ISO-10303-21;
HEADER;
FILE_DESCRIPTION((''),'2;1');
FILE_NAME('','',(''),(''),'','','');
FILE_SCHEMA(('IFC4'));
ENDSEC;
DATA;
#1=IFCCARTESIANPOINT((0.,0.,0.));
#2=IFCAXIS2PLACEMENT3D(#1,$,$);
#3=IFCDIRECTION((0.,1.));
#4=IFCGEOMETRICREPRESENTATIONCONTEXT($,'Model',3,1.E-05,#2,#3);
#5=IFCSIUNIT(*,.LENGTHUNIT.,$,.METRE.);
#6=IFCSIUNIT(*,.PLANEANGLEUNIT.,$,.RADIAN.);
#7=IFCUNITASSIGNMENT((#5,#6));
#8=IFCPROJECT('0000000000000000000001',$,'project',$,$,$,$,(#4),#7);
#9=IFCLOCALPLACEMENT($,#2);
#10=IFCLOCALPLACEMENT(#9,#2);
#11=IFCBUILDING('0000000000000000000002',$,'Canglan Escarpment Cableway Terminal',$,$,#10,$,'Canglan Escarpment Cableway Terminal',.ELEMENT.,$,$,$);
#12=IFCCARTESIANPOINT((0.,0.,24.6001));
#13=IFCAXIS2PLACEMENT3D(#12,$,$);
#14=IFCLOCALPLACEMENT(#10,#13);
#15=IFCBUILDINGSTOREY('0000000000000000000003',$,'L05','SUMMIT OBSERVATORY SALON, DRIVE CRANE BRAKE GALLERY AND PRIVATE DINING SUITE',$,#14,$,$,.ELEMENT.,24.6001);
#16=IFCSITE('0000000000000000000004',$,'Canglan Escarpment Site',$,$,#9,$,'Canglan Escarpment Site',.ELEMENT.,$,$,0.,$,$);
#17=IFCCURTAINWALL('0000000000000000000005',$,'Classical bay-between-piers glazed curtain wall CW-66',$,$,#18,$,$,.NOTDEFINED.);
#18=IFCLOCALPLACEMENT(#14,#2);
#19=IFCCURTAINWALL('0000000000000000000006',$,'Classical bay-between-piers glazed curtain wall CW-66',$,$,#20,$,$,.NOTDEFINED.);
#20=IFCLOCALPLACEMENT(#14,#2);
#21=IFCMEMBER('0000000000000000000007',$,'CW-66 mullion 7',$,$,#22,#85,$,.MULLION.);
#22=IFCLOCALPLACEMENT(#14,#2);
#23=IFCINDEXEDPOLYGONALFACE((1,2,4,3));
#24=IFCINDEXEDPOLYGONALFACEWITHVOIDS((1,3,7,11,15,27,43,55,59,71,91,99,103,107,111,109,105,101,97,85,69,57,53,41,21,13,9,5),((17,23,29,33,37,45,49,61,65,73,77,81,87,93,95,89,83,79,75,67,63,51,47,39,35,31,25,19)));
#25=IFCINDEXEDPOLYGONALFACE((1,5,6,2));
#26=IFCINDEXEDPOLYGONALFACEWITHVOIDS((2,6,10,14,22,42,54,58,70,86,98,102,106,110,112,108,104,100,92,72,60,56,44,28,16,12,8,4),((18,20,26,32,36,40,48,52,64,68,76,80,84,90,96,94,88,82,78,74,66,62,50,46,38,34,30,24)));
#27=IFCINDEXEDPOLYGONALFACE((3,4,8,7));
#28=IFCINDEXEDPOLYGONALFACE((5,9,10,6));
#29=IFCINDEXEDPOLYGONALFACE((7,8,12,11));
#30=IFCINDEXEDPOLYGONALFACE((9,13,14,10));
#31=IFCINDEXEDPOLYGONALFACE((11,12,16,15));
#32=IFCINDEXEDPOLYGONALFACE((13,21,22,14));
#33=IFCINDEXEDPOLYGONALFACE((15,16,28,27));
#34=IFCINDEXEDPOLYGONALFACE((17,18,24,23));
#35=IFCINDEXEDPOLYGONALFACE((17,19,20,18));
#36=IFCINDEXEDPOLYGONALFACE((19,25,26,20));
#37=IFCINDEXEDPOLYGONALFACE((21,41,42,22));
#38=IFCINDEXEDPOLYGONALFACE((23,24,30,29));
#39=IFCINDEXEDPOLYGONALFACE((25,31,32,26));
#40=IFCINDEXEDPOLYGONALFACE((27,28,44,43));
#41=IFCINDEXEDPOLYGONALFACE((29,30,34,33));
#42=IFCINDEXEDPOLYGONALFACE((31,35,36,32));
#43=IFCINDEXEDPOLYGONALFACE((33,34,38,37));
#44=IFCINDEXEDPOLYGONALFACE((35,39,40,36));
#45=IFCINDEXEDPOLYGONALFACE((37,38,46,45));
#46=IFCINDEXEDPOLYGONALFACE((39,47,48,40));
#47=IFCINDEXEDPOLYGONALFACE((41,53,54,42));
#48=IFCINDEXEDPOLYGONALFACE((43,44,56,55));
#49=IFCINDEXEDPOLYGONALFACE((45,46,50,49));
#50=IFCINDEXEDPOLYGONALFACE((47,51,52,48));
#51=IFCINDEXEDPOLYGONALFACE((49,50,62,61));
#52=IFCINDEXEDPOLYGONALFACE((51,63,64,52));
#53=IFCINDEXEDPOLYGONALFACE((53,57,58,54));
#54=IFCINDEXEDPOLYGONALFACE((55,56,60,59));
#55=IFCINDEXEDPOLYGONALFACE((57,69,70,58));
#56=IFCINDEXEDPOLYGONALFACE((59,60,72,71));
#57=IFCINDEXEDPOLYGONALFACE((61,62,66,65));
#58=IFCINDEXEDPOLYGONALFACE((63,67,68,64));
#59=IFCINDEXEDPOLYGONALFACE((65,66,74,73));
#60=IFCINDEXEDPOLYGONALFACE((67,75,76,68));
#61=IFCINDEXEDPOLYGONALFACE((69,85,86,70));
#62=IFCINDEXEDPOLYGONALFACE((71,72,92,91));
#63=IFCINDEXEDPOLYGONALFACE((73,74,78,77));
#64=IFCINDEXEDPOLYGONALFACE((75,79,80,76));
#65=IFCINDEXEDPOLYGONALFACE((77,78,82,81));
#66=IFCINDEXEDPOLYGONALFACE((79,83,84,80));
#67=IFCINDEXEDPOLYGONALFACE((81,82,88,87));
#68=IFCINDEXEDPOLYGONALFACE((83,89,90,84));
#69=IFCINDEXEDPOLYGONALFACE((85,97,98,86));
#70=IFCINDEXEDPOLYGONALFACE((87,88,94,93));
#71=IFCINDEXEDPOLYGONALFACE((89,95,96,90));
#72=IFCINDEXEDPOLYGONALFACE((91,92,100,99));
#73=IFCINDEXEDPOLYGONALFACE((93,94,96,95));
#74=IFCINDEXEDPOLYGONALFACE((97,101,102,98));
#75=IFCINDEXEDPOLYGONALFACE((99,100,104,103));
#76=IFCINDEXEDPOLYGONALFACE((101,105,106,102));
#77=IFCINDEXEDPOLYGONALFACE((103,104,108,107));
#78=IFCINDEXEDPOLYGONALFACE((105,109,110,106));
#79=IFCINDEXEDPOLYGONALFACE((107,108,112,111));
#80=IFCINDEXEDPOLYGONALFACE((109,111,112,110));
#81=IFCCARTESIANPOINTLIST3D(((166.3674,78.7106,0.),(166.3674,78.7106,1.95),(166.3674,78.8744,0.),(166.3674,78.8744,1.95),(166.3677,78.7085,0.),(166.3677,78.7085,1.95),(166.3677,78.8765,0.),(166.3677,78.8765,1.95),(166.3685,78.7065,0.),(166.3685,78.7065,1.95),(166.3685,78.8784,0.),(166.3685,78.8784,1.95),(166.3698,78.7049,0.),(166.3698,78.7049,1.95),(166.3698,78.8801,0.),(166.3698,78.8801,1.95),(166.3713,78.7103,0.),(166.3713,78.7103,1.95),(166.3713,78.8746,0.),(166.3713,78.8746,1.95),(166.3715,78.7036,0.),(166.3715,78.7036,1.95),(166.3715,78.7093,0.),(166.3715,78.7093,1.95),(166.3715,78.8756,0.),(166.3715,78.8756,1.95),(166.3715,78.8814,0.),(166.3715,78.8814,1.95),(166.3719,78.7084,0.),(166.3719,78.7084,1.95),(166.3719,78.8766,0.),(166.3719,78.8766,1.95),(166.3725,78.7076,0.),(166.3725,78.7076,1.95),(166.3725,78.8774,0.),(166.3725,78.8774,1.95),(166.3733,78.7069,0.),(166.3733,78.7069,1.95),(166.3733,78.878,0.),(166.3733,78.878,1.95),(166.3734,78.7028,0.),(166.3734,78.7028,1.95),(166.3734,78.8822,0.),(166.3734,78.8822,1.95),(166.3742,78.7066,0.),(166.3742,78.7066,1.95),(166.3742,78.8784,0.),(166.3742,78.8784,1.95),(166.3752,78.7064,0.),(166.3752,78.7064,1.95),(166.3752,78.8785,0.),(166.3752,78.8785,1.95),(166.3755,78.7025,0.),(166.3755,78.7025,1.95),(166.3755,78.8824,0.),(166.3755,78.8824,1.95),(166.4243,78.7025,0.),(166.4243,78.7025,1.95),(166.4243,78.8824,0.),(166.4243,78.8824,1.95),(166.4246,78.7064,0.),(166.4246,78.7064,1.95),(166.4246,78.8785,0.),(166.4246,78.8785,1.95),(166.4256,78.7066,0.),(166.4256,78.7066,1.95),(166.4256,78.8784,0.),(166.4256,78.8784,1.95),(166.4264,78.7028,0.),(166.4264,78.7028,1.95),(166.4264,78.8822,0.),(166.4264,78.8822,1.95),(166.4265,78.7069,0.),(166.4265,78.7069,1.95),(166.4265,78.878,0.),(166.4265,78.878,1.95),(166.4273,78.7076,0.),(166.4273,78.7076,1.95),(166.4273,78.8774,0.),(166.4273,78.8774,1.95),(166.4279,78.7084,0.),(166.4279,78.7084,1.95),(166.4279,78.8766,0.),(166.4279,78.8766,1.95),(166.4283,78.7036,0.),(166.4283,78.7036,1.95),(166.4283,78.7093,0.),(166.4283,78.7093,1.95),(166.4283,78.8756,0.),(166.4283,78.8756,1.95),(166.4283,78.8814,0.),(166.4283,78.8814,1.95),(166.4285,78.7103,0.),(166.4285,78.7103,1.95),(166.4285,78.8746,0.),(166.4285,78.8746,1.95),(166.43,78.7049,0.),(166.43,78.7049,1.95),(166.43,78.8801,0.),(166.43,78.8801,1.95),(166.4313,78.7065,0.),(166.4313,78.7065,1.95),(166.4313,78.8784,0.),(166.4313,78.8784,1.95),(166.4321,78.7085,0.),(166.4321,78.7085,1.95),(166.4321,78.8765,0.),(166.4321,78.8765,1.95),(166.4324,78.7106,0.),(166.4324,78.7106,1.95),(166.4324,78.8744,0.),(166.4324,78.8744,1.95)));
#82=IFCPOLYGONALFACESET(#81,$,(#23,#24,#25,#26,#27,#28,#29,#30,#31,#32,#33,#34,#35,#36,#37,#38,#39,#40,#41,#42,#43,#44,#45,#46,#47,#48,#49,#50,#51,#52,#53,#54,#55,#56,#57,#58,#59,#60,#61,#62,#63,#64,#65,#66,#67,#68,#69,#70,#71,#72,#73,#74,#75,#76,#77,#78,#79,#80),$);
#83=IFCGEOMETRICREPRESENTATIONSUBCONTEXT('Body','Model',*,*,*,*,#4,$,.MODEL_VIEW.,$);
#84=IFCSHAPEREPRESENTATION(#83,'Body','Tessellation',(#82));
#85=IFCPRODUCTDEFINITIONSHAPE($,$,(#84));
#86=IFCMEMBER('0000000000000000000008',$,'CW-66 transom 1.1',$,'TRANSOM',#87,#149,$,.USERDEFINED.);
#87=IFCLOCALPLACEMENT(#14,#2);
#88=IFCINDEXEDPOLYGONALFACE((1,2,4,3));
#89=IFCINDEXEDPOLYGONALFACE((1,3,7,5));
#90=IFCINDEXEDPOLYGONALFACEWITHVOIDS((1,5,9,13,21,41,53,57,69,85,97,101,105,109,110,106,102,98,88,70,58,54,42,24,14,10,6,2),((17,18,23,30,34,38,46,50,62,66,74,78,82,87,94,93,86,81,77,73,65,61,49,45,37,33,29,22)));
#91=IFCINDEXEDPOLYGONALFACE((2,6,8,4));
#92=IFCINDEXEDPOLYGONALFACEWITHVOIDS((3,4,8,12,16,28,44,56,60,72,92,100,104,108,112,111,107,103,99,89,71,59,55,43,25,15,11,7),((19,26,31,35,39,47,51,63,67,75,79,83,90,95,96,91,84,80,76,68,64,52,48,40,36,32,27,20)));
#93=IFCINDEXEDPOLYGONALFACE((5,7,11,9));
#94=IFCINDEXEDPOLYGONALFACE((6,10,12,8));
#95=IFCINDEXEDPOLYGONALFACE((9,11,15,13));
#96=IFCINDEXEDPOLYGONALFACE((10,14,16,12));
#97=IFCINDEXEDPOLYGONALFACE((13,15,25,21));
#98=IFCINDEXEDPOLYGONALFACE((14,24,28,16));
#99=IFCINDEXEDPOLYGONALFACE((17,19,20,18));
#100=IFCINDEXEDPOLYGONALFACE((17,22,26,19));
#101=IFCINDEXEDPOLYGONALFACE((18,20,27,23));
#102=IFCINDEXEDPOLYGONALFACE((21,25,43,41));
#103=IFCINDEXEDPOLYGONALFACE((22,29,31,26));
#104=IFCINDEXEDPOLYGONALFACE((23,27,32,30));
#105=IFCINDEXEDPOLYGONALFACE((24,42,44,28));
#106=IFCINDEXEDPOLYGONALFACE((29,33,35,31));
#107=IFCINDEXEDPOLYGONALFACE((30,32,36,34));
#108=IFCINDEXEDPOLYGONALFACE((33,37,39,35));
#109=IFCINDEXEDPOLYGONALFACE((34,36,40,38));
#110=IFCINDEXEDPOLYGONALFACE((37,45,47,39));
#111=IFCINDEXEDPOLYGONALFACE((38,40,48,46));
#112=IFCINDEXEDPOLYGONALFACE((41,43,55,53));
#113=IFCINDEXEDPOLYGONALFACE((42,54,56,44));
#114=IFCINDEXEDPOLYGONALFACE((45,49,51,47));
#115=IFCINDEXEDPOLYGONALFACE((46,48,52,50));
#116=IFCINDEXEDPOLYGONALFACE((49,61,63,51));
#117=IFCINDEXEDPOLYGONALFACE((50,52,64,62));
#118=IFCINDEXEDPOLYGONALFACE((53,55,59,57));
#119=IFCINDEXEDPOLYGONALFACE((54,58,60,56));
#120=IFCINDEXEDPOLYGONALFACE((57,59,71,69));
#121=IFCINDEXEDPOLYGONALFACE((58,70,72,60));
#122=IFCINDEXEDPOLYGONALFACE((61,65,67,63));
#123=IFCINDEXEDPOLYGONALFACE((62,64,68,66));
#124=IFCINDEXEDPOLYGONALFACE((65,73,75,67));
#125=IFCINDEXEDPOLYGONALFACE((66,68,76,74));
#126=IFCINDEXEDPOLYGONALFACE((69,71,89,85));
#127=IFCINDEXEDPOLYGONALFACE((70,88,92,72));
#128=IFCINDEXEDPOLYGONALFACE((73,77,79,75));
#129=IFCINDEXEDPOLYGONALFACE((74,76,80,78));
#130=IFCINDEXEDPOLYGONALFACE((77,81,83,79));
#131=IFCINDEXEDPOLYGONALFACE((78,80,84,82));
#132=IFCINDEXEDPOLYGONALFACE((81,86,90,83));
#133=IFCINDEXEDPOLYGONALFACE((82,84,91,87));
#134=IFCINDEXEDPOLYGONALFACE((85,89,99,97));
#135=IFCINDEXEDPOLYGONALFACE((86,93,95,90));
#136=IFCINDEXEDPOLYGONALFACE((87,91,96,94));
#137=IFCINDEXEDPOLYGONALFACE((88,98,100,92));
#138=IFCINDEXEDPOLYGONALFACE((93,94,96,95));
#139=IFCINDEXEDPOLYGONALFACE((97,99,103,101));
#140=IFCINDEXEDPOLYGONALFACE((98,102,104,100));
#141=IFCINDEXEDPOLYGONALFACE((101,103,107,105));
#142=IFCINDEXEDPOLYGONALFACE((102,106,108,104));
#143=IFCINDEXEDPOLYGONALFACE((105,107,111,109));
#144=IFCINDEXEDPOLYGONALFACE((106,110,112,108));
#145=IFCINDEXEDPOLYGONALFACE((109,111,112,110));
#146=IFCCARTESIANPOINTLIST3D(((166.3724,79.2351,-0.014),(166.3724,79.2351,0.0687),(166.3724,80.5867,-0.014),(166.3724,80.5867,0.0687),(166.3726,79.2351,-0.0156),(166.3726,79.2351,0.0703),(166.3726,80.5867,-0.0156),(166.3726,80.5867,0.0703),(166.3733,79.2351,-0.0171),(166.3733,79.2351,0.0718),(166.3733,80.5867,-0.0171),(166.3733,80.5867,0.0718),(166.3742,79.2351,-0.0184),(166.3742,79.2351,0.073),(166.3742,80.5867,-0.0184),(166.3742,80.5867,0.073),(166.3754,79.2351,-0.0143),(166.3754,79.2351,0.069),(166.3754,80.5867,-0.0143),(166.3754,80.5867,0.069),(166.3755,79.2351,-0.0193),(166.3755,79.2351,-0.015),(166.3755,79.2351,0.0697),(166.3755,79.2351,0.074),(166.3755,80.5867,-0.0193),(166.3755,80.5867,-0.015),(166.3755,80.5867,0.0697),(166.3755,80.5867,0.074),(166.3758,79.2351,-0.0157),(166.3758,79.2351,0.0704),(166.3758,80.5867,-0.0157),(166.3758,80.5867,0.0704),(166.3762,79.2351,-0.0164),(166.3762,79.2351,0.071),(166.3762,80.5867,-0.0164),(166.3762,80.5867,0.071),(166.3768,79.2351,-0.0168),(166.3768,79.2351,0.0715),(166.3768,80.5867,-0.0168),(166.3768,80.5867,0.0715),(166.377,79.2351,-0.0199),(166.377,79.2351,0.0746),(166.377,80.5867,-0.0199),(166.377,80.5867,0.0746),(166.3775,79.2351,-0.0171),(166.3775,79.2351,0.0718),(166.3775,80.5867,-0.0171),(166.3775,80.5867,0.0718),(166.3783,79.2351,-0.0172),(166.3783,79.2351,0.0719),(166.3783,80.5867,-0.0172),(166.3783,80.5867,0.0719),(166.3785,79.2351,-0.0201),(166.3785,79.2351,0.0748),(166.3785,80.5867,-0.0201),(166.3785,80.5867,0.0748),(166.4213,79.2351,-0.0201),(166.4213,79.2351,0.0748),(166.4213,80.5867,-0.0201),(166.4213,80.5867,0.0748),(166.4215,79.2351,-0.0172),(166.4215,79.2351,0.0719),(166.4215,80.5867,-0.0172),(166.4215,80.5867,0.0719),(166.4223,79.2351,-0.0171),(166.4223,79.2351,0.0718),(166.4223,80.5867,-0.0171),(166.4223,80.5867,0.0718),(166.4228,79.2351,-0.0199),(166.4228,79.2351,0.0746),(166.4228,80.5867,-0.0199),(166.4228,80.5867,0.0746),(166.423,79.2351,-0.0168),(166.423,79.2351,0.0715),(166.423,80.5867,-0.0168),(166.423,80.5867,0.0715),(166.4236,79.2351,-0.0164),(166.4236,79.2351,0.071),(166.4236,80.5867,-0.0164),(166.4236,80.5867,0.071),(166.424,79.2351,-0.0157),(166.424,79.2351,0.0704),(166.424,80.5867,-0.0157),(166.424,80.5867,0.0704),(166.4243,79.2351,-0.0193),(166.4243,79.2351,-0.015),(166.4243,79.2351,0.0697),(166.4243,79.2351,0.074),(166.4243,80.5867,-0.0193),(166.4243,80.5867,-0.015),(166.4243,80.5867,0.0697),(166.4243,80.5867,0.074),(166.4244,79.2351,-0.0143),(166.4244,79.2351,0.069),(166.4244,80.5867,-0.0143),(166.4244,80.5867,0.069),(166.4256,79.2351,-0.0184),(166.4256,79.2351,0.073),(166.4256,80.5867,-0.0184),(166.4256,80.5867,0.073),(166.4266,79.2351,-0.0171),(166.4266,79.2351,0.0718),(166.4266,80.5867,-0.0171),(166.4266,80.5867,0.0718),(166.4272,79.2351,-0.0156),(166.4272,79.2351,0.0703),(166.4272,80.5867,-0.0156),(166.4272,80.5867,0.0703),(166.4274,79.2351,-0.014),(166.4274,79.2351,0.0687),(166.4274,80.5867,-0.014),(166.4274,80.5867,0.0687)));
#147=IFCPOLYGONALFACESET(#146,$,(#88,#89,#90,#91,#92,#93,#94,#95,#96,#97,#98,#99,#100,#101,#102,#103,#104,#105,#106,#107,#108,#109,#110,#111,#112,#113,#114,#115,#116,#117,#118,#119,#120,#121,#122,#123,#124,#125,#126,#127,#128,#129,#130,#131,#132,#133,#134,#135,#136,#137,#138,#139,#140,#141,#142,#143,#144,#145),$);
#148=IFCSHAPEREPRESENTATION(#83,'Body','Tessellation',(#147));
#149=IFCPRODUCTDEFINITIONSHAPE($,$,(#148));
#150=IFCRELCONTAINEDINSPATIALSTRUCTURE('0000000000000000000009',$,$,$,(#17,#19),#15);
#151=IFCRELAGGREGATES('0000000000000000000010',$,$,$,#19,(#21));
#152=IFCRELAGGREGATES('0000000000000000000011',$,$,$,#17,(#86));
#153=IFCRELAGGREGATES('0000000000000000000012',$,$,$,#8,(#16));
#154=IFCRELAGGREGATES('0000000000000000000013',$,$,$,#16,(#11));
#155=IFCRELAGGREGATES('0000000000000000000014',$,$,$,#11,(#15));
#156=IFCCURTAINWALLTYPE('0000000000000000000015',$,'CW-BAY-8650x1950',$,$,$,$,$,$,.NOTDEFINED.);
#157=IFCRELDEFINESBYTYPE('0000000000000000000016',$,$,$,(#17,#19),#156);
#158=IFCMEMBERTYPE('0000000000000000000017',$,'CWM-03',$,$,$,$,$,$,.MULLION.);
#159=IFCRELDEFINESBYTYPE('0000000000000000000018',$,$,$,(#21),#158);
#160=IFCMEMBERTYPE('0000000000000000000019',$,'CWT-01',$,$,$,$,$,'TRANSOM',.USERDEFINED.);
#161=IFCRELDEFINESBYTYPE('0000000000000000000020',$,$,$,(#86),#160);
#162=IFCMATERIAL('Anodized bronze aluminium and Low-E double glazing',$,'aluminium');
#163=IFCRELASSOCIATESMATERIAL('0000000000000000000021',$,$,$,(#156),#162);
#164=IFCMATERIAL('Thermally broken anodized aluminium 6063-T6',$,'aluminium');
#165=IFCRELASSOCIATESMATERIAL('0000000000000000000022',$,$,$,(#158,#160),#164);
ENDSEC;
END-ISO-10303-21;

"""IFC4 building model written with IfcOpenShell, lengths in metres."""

from ifc_helpers import new_model, si_unit, direction, frame, origin, origin_2d, place, context, subcontext, project, spatial, hollow_rectangle, extrude, material, material_profile, profile_set, type_object, element, aggregate, save


model = new_model("IFC4")

# Units and contexts
model_context = context("Model", 3, precision=1e-05, world=origin(), true_north=direction((0.0, 1.0)))
body_context = subcontext(model_context, "Body", "Model", "MODEL_VIEW")
ifc_project = project(units=[si_unit("LENGTHUNIT", "METRE"), si_unit("PLANEANGLEUNIT", "RADIAN")], contexts=[model_context])

# Site, building, storey
site_placement = place(None, origin())
site = spatial("IfcSite", under=ifc_project, at=site_placement, Name="Canglan Escarpment Site", LongName="Canglan Escarpment Site", CompositionType="ELEMENT", RefElevation=0.0)
building_placement = place(site_placement, origin())
building = spatial("IfcBuilding", under=site, at=building_placement, Name="Canglan Escarpment Cableway Terminal", LongName="Canglan Escarpment Cableway Terminal", CompositionType="ELEMENT")
storey_placement = place(building_placement, frame((0.0, 0.0, 24.6001)))
storey = spatial("IfcBuildingStorey", under=building, at=storey_placement, Name="L05", Description="SUMMIT OBSERVATORY SALON, DRIVE CRANE BRAKE GALLERY AND PRIVATE DINING SUITE", CompositionType="ELEMENT", Elevation=24.6001)

# Curtain walls, member
ifc_material_1 = material(Name="Anodized bronze aluminium and Low-E double glazing", Category="aluminium")
curtain_wall_type = type_object("IfcCurtainWallType", Name="CW-BAY-8650x1950", PredefinedType="NOTDEFINED", material=ifc_material_1)
curtain_wall_1_placement = place(storey_placement, origin())
curtain_wall_1 = element("IfcCurtainWall", 1, at=curtain_wall_1_placement, inside=storey, type_object=curtain_wall_type, Name="Classical bay-between-piers glazed curtain wall CW-66", PredefinedType="NOTDEFINED")
ifc_material_2 = material(Name="Thermally broken anodized aluminium 6063-T6", Category="aluminium")
curtain_wall_2_placement = place(storey_placement, origin())
curtain_wall_2 = element("IfcCurtainWall", 2, at=curtain_wall_2_placement, inside=storey, type_object=curtain_wall_type, Name="Classical bay-between-piers glazed curtain wall CW-66", PredefinedType="NOTDEFINED")
ifc_material_profile_1 = material_profile(ifc_material_2, hollow_rectangle(XDim=0.0649, YDim=0.1799, WallThickness=0.0039, InnerFilletRadius=0.0039, OuterFilletRadius=0.0081, at=origin_2d()), Name="ALU-MULL 65x180x4")
ifc_profile_set_1 = profile_set([ifc_material_profile_1], Name="Thermally broken anodized aluminium 6063-T6")
member_type_1 = type_object("IfcMemberType", Name="CWM-03", PredefinedType="MULLION", material=ifc_profile_set_1)
member_1_placement = place(storey_placement, frame((166.3999, 78.7925, 0.0), z_axis=(0.0, 0.0, 1.0), x_axis=(-1.0, 0.0, 0.0)))
member_1 = element("IfcMember", 3, at=member_1_placement, type_object=member_type_1, Name="CW-66 mullion 7", PredefinedType="MULLION", context=body_context, shape_type="SweptSolid", body=[
    extrude(hollow_rectangle(XDim=0.0649, YDim=0.1799, WallThickness=0.0039, InnerFilletRadius=0.0039, OuterFilletRadius=0.0081, at=origin_2d()), origin(), (0.0, 0.0, 1.0), 1.95),
])

# Member
ifc_material_profile_2 = material_profile(ifc_material_2, hollow_rectangle(XDim=0.0549, YDim=0.095, WallThickness=0.0029, InnerFilletRadius=0.0029, OuterFilletRadius=0.0061, at=origin_2d()), Name="ALU-TRAN 55x95x3")
ifc_profile_set_2 = profile_set([ifc_material_profile_2], Name="Thermally broken anodized aluminium 6063-T6")
member_type_2 = type_object("IfcMemberType", Name="CWT-01", ElementType="TRANSOM", PredefinedType="USERDEFINED", material=ifc_profile_set_2)
member_2_placement = place(storey_placement, frame((166.3999, 79.2351, 0.0273), z_axis=(0.0, 1.0, 0.0), x_axis=(-1.0, 0.0, 0.0)))
member_2 = element("IfcMember", 4, at=member_2_placement, type_object=member_type_2, Name="CW-66 transom 1.1", ObjectType="TRANSOM", PredefinedType="USERDEFINED", context=body_context, shape_type="SweptSolid", body=[
    extrude(hollow_rectangle(XDim=0.0549, YDim=0.095, WallThickness=0.0029, InnerFilletRadius=0.0029, OuterFilletRadius=0.0061, at=origin_2d()), origin(), (0.0, 0.0, 1.0), 1.3516),
])

aggregate(curtain_wall_2, [member_1])
aggregate(curtain_wall_1, [member_2])

save(model, "model.ifc")
